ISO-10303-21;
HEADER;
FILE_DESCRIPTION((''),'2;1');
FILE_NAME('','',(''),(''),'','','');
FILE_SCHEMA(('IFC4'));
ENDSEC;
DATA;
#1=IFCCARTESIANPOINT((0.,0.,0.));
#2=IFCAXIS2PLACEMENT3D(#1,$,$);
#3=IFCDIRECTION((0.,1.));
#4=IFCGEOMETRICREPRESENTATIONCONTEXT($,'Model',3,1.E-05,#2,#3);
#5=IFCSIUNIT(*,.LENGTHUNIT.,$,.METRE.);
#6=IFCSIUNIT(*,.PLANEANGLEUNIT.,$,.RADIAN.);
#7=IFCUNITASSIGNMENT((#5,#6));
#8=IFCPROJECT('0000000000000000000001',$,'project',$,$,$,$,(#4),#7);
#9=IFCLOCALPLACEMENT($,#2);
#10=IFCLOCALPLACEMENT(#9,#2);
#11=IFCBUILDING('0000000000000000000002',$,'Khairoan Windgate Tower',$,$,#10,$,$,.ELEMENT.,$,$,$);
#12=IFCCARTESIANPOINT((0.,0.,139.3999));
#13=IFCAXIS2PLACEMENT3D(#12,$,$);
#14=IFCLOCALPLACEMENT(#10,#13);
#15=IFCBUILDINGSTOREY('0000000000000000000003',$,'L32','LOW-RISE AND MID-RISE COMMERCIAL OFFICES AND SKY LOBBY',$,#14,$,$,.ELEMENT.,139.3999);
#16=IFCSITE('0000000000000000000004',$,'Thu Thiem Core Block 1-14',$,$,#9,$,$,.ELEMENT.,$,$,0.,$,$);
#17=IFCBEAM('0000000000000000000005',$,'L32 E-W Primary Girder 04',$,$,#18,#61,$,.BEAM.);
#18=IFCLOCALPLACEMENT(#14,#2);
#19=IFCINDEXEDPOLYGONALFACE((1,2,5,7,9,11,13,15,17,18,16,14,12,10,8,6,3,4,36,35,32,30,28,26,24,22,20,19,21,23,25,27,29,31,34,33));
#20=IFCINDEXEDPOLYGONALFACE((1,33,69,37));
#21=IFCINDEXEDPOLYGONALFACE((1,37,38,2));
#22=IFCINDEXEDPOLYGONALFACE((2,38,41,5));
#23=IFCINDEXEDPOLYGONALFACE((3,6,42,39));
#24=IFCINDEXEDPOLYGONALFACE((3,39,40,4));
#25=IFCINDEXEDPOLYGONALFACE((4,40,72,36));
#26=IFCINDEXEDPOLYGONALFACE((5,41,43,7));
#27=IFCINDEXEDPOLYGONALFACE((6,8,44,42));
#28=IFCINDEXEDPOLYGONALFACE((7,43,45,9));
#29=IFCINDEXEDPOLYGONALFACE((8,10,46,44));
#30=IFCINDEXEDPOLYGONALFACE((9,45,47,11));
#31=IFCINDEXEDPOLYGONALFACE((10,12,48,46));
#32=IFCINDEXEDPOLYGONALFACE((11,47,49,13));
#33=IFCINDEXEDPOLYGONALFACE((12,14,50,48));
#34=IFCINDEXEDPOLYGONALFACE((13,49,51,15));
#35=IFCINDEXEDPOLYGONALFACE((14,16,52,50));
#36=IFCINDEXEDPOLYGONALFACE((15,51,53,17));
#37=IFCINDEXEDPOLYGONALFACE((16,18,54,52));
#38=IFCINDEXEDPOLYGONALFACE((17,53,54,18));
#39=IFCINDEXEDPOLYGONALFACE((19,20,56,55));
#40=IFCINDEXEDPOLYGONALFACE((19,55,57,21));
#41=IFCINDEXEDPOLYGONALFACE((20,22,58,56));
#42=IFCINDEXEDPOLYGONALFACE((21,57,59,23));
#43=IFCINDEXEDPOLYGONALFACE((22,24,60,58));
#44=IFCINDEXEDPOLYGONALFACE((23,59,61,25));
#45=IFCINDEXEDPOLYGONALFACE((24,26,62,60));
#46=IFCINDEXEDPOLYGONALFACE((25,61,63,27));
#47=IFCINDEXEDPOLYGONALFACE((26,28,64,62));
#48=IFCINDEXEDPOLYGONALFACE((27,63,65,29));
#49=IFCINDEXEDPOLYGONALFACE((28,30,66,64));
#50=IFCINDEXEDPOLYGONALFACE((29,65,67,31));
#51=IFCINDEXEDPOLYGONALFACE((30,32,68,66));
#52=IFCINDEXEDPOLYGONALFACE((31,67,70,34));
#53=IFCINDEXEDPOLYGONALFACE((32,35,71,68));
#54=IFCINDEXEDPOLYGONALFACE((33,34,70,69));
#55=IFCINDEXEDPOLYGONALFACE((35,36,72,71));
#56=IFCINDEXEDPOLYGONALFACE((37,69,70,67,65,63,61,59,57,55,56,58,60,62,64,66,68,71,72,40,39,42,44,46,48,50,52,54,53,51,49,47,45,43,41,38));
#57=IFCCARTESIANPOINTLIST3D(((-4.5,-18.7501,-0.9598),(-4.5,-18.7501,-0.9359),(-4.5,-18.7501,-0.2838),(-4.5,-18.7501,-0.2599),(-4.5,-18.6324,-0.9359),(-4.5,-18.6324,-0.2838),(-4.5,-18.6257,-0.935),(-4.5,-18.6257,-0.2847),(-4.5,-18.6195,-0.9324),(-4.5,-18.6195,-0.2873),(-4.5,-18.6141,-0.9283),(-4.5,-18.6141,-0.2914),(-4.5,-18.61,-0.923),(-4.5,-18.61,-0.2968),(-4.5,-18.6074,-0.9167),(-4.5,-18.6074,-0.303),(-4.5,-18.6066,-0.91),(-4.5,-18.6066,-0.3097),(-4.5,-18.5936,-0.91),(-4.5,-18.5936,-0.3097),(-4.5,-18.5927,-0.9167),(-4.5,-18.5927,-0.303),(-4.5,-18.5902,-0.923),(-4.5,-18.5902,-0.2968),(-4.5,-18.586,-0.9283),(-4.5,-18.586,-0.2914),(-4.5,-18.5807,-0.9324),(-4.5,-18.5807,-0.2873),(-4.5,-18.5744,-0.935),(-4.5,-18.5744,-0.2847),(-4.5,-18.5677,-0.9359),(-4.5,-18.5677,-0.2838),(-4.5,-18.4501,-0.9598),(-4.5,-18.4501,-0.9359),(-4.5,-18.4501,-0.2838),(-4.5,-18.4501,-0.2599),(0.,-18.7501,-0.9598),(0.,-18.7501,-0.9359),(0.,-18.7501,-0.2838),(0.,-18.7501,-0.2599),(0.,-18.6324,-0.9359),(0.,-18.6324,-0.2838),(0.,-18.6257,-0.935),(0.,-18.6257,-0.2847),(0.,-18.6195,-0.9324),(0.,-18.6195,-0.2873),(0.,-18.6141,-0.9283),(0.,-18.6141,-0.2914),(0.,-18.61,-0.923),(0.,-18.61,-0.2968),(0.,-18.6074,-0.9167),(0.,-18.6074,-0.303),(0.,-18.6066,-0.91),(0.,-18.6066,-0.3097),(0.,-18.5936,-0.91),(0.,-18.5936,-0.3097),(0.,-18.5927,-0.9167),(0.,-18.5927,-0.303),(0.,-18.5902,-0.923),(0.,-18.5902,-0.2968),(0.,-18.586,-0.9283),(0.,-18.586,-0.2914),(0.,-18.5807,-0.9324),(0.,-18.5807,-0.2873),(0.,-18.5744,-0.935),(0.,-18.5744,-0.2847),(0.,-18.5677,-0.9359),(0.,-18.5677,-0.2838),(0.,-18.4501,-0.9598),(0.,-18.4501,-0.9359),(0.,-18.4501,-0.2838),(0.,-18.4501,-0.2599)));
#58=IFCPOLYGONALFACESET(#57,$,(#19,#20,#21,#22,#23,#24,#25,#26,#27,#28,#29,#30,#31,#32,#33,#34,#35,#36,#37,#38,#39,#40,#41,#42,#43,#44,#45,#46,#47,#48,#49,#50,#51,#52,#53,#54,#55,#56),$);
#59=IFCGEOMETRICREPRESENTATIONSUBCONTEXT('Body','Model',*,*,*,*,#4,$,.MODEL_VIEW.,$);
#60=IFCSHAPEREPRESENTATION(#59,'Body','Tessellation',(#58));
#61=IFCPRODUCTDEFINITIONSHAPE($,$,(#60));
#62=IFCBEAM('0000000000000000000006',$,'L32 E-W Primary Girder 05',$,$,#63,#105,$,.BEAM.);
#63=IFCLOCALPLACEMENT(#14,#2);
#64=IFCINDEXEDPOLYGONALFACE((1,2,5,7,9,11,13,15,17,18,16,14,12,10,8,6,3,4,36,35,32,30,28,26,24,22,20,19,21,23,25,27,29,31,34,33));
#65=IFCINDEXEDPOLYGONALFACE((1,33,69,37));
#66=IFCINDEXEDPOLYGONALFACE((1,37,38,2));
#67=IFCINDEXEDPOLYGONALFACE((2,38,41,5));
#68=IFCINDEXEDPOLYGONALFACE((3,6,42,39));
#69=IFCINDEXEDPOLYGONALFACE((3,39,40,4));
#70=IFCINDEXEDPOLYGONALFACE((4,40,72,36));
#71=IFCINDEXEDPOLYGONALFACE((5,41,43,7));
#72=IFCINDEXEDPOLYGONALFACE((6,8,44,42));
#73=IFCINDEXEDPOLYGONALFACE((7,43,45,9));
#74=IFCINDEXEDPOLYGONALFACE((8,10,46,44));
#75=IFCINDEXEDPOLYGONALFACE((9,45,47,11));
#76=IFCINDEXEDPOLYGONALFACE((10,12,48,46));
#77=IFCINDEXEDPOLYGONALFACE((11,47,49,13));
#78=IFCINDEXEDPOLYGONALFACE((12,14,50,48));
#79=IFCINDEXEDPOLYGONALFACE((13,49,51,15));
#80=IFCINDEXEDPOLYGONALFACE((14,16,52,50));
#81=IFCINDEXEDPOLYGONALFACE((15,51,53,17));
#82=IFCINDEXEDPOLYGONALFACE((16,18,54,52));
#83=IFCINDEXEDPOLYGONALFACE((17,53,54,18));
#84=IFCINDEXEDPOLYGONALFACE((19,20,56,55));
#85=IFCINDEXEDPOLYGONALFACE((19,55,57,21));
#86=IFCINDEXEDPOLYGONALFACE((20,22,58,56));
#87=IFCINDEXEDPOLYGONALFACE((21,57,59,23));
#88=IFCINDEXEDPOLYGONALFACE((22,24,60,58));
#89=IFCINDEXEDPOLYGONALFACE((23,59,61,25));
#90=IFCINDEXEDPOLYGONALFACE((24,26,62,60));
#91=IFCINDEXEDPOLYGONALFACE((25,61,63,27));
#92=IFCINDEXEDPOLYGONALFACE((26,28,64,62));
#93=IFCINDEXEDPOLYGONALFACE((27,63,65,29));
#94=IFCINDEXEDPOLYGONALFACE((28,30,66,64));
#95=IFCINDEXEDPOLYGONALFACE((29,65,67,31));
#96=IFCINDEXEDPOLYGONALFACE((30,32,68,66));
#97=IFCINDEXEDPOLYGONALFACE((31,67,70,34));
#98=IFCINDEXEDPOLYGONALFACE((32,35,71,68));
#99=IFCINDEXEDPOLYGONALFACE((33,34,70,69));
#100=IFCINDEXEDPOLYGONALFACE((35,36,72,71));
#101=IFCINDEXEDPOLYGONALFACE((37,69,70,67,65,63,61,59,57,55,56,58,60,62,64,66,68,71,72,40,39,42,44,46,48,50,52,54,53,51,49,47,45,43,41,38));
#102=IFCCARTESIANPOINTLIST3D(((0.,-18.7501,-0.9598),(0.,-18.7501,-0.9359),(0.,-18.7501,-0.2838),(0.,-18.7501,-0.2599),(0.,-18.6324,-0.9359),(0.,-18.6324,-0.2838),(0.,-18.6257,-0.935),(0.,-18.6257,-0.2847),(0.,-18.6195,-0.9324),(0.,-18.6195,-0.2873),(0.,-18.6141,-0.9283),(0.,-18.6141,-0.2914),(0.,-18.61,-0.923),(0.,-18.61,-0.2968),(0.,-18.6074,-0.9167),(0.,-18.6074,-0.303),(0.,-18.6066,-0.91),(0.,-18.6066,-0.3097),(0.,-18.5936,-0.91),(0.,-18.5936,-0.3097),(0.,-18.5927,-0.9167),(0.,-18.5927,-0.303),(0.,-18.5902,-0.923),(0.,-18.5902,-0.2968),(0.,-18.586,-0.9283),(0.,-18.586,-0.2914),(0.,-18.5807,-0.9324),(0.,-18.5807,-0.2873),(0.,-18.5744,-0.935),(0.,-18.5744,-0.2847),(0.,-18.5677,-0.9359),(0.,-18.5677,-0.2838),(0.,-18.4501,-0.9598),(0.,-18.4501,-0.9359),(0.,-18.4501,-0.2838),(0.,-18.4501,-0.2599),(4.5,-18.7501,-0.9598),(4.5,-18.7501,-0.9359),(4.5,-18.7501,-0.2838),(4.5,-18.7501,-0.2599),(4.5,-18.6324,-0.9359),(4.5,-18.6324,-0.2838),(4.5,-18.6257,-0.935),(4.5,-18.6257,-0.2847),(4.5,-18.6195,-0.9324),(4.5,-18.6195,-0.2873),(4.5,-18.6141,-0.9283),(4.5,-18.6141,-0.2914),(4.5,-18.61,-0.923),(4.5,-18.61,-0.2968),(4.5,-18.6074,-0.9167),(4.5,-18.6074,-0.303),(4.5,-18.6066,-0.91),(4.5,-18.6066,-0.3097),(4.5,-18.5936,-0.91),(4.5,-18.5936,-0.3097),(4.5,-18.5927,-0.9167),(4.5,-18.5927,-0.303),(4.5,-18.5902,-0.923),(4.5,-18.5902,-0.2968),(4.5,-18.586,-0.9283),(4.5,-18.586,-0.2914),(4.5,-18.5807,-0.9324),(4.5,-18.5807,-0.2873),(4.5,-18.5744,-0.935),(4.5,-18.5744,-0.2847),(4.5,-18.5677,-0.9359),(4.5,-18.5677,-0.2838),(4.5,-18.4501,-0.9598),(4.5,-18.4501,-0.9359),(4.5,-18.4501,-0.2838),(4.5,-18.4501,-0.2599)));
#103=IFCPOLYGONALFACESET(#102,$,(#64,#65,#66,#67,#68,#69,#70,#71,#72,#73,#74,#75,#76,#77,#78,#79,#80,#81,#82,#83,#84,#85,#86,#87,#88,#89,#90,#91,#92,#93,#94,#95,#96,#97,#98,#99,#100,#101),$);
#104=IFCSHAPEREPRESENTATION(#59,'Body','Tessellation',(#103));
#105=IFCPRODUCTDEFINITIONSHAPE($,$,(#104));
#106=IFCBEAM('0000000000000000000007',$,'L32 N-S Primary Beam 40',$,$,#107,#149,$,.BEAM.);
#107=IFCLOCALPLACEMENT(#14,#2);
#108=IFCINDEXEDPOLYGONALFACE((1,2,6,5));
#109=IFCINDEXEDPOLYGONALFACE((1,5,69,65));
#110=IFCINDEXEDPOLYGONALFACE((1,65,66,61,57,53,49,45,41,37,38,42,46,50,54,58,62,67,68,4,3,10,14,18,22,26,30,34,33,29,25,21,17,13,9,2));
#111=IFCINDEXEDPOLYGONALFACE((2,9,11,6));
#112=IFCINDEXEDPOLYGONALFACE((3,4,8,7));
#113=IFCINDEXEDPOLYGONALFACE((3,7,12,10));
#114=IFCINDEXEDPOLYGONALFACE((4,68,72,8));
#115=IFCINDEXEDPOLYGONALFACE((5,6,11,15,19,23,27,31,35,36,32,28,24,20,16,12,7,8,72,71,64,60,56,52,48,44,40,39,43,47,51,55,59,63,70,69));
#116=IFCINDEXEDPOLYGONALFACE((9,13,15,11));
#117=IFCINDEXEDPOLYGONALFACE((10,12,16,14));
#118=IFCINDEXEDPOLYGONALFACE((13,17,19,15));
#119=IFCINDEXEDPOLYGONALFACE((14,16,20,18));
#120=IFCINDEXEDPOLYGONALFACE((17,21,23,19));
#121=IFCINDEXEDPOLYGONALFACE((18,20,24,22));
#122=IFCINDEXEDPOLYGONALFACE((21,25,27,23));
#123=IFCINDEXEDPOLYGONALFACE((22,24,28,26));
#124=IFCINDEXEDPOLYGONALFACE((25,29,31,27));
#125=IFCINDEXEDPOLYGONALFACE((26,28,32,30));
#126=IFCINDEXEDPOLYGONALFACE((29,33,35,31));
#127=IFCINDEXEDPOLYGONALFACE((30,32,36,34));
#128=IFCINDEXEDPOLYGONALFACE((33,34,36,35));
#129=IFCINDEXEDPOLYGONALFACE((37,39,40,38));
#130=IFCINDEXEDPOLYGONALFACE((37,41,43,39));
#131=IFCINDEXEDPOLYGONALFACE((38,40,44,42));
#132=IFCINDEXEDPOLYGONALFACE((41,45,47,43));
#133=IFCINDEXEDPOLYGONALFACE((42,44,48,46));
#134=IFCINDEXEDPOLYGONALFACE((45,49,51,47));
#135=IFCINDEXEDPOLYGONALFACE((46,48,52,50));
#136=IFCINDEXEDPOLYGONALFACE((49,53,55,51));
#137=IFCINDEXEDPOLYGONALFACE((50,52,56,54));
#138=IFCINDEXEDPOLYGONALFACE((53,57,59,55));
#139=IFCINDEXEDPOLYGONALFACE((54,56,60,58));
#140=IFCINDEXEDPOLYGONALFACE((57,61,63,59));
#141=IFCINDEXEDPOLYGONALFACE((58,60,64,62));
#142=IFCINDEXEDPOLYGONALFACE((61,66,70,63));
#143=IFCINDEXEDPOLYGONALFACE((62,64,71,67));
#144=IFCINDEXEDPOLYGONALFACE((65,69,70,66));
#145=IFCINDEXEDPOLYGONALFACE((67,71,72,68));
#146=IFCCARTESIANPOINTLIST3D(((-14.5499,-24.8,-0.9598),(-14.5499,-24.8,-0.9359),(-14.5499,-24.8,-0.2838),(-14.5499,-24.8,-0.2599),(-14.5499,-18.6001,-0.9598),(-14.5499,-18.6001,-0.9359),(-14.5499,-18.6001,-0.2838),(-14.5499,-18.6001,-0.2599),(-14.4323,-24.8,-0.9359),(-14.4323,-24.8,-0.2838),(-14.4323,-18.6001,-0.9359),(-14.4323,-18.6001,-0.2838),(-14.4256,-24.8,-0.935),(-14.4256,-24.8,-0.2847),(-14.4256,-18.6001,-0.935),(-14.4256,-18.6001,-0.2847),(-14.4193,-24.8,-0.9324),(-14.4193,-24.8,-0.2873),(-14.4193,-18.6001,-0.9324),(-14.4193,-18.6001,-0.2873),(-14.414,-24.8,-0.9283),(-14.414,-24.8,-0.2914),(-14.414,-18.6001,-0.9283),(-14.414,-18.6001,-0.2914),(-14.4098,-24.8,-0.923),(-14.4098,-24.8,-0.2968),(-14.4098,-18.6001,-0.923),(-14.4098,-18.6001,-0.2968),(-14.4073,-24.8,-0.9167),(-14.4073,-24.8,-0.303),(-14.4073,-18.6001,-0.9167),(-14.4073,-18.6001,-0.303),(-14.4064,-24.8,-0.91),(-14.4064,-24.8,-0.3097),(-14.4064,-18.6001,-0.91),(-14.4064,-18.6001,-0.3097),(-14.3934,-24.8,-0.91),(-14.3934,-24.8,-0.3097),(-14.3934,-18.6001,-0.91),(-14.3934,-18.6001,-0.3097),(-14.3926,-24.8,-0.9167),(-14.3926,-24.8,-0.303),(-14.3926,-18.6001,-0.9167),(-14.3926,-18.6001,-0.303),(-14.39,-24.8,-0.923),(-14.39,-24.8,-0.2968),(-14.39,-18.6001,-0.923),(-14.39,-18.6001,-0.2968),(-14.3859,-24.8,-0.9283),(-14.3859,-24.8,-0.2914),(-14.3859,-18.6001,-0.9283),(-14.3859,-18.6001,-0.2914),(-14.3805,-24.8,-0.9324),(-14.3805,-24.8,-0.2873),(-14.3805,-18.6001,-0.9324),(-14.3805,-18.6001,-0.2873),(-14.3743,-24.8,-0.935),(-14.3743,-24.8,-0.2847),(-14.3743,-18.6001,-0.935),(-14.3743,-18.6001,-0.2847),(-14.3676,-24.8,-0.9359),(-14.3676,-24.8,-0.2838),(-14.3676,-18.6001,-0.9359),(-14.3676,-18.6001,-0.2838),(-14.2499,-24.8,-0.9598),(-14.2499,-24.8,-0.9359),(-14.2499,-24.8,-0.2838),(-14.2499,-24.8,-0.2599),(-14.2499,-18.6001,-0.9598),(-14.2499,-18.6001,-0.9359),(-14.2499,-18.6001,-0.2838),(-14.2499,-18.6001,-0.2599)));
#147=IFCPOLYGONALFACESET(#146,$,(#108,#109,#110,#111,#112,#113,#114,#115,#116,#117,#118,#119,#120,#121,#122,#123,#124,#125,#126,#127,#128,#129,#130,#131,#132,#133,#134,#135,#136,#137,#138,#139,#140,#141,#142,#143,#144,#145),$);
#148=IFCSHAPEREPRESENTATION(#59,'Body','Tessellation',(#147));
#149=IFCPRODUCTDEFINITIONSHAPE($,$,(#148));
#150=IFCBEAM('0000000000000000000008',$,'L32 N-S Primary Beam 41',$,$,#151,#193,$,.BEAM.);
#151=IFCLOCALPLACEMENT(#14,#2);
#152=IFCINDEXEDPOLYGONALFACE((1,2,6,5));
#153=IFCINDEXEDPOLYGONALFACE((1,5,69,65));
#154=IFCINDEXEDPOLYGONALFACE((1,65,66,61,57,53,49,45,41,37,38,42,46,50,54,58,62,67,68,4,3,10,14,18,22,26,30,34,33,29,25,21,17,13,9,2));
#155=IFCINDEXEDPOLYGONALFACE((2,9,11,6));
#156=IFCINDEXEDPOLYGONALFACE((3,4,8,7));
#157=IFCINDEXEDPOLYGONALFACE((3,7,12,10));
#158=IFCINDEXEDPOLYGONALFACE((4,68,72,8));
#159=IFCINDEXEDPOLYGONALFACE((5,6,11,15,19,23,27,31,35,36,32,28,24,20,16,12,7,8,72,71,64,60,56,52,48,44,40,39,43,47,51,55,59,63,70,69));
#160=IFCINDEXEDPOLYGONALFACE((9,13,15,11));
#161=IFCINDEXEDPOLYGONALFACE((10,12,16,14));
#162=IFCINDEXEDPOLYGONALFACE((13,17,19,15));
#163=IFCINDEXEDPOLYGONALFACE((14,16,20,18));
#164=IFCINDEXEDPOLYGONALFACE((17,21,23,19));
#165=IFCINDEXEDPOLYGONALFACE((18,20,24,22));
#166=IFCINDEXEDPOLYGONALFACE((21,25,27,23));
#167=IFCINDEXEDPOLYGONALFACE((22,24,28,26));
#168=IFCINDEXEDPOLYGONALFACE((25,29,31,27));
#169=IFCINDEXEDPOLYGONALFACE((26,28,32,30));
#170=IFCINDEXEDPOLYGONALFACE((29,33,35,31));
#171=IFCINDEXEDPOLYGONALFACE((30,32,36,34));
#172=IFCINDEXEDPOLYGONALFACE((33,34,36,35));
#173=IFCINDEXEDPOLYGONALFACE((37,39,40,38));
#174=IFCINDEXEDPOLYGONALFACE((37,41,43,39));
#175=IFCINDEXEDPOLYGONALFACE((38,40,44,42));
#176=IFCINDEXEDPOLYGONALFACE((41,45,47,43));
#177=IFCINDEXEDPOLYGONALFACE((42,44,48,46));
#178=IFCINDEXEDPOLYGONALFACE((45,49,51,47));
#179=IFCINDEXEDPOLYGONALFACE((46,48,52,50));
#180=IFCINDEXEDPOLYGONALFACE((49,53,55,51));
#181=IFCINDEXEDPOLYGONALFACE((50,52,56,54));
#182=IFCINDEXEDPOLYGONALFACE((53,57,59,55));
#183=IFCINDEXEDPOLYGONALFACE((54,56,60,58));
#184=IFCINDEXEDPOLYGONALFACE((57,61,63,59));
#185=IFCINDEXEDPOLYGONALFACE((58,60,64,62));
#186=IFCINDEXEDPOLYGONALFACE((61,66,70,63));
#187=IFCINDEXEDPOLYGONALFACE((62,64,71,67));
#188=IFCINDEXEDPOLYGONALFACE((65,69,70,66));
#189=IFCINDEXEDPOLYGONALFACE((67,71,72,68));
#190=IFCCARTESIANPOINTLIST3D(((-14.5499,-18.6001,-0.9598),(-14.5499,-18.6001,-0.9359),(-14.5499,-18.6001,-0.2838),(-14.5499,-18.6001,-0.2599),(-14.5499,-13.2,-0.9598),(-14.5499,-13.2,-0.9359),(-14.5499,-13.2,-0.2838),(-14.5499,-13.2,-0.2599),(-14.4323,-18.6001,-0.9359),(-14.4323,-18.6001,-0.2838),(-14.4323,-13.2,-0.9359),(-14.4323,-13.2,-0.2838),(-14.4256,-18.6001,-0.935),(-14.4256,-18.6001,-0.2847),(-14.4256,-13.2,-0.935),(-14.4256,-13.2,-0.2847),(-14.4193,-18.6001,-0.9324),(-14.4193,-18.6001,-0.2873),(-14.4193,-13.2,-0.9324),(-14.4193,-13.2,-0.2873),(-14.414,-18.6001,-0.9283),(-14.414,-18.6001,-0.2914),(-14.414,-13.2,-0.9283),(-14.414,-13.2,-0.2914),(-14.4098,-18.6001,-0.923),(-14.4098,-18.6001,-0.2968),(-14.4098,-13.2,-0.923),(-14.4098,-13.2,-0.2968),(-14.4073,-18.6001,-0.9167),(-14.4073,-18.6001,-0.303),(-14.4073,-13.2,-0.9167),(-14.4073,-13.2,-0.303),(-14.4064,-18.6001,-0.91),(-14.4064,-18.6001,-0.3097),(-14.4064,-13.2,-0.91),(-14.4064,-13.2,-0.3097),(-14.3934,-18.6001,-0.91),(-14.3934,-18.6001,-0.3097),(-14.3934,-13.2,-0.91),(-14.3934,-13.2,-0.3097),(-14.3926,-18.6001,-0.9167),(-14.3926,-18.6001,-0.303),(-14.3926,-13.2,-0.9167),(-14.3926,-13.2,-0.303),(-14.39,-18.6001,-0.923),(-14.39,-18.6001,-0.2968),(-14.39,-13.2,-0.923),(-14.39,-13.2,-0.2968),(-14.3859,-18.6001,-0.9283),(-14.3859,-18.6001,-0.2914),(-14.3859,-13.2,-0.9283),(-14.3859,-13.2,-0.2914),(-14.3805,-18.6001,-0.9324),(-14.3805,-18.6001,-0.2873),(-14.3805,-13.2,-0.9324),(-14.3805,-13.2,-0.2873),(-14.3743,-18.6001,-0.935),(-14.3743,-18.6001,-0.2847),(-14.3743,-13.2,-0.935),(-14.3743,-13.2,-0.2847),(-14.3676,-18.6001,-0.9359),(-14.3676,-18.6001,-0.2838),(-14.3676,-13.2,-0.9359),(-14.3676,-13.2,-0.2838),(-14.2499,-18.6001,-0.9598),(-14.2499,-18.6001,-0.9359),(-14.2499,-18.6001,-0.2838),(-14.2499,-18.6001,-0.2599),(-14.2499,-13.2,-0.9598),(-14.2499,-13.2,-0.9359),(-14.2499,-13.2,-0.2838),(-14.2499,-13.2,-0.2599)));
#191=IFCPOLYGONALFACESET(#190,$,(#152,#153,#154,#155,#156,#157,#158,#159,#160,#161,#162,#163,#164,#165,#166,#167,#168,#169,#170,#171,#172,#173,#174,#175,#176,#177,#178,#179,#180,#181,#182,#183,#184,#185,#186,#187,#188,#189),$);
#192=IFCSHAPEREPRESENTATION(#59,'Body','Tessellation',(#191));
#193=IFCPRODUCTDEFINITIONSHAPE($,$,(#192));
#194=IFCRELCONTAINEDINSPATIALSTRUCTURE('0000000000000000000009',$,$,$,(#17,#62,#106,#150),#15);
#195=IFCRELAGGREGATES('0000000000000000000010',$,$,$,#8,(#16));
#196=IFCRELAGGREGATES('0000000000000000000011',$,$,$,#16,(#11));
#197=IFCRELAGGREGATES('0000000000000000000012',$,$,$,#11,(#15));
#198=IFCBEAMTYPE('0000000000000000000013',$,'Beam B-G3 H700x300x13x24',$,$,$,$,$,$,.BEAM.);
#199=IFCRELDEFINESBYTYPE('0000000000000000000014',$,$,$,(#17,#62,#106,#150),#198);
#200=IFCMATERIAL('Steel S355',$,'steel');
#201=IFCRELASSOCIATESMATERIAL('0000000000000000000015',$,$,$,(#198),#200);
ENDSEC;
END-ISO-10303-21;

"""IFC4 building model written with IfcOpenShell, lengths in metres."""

from ifc_helpers import new_model, si_unit, direction, frame, origin, origin_2d, place, context, subcontext, project, spatial, i_section, extrude, material, material_profile, profile_set, type_object, element, save


model = new_model("IFC4")

# Units and contexts
model_context = context("Model", 3, precision=1e-05, world=origin(), true_north=direction((0.0, 1.0)))
body_context = subcontext(model_context, "Body", "Model", "MODEL_VIEW")
ifc_project = project(units=[si_unit("LENGTHUNIT", "METRE"), si_unit("PLANEANGLEUNIT", "RADIAN")], contexts=[model_context])

# Site, building, storey
site_placement = place(None, origin())
site = spatial("IfcSite", under=ifc_project, at=site_placement, Name="Thu Thiem Core Block 1-14", CompositionType="ELEMENT", RefElevation=0.0)
building_placement = place(site_placement, origin())
building = spatial("IfcBuilding", under=site, at=building_placement, Name="Khairoan Windgate Tower", CompositionType="ELEMENT")
storey_placement = place(building_placement, frame((0.0, 0.0, 139.3999)))
storey = spatial("IfcBuildingStorey", under=building, at=storey_placement, Name="L32", Description="LOW-RISE AND MID-RISE COMMERCIAL OFFICES AND SKY LOBBY", CompositionType="ELEMENT", Elevation=139.3999)

# Beams
ifc_material_1 = material(Name="Steel S355", Category="steel")
ifc_material_profile_1 = material_profile(ifc_material_1, i_section(OverallWidth=0.3, OverallDepth=0.7, WebThickness=0.0129, FlangeThickness=0.0239, FilletRadius=0.0259, at=origin_2d()))
ifc_profile_set_1 = profile_set([ifc_material_profile_1], Name="Steel S355")
beam_type_1 = type_object("IfcBeamType", Name="Beam B-G3 H700x300x13x24", PredefinedType="BEAM", material=ifc_profile_set_1)
for number, where, z_axis, x_axis, name in (
    (1, (-4.5, -18.6001, -0.6099), (1.0, 0.0, 0.0), (0.0, 1.0, 0.0), "L32 E-W Primary Girder 04"),
    (2, (0.0, -18.6001, -0.6099), (1.0, 0.0, 0.0), (0.0, 1.0, 0.0), "L32 E-W Primary Girder 05"),
):
    element("IfcBeam", number, at=place(storey_placement, frame(where, z_axis=z_axis, x_axis=x_axis)), inside=storey, type_object=beam_type_1, Name=name, PredefinedType="BEAM", context=body_context, shape_type="SweptSolid", body=[
        extrude(i_section(OverallWidth=0.3, OverallDepth=0.7, WebThickness=0.0129, FlangeThickness=0.0239, FilletRadius=0.0259, at=origin_2d()), origin(), (0.0, 0.0, 1.0), 4.5),
    ])
beam_1_placement = place(storey_placement, frame((-14.3999, -24.8, -0.6099), z_axis=(0.0, 1.0, 0.0), x_axis=(-1.0, 0.0, 0.0)))
element("IfcBeam", 3, at=beam_1_placement, inside=storey, type_object=beam_type_1, Name="L32 N-S Primary Beam 40", PredefinedType="BEAM", context=body_context, shape_type="SweptSolid", body=[
    extrude(i_section(OverallWidth=0.3, OverallDepth=0.7, WebThickness=0.0129, FlangeThickness=0.0239, FilletRadius=0.0259, at=origin_2d()), origin(), (0.0, 0.0, 1.0), 6.2),
])
beam_2_placement = place(storey_placement, frame((-14.3999, -18.6001, -0.6099), z_axis=(0.0, 1.0, 0.0), x_axis=(-1.0, 0.0, 0.0)))
element("IfcBeam", 4, at=beam_2_placement, inside=storey, type_object=beam_type_1, Name="L32 N-S Primary Beam 41", PredefinedType="BEAM", context=body_context, shape_type="SweptSolid", body=[
    extrude(i_section(OverallWidth=0.3, OverallDepth=0.7, WebThickness=0.0129, FlangeThickness=0.0239, FilletRadius=0.0259, at=origin_2d()), origin(), (0.0, 0.0, 1.0), 5.4001),
])

save(model, "model.ifc")
